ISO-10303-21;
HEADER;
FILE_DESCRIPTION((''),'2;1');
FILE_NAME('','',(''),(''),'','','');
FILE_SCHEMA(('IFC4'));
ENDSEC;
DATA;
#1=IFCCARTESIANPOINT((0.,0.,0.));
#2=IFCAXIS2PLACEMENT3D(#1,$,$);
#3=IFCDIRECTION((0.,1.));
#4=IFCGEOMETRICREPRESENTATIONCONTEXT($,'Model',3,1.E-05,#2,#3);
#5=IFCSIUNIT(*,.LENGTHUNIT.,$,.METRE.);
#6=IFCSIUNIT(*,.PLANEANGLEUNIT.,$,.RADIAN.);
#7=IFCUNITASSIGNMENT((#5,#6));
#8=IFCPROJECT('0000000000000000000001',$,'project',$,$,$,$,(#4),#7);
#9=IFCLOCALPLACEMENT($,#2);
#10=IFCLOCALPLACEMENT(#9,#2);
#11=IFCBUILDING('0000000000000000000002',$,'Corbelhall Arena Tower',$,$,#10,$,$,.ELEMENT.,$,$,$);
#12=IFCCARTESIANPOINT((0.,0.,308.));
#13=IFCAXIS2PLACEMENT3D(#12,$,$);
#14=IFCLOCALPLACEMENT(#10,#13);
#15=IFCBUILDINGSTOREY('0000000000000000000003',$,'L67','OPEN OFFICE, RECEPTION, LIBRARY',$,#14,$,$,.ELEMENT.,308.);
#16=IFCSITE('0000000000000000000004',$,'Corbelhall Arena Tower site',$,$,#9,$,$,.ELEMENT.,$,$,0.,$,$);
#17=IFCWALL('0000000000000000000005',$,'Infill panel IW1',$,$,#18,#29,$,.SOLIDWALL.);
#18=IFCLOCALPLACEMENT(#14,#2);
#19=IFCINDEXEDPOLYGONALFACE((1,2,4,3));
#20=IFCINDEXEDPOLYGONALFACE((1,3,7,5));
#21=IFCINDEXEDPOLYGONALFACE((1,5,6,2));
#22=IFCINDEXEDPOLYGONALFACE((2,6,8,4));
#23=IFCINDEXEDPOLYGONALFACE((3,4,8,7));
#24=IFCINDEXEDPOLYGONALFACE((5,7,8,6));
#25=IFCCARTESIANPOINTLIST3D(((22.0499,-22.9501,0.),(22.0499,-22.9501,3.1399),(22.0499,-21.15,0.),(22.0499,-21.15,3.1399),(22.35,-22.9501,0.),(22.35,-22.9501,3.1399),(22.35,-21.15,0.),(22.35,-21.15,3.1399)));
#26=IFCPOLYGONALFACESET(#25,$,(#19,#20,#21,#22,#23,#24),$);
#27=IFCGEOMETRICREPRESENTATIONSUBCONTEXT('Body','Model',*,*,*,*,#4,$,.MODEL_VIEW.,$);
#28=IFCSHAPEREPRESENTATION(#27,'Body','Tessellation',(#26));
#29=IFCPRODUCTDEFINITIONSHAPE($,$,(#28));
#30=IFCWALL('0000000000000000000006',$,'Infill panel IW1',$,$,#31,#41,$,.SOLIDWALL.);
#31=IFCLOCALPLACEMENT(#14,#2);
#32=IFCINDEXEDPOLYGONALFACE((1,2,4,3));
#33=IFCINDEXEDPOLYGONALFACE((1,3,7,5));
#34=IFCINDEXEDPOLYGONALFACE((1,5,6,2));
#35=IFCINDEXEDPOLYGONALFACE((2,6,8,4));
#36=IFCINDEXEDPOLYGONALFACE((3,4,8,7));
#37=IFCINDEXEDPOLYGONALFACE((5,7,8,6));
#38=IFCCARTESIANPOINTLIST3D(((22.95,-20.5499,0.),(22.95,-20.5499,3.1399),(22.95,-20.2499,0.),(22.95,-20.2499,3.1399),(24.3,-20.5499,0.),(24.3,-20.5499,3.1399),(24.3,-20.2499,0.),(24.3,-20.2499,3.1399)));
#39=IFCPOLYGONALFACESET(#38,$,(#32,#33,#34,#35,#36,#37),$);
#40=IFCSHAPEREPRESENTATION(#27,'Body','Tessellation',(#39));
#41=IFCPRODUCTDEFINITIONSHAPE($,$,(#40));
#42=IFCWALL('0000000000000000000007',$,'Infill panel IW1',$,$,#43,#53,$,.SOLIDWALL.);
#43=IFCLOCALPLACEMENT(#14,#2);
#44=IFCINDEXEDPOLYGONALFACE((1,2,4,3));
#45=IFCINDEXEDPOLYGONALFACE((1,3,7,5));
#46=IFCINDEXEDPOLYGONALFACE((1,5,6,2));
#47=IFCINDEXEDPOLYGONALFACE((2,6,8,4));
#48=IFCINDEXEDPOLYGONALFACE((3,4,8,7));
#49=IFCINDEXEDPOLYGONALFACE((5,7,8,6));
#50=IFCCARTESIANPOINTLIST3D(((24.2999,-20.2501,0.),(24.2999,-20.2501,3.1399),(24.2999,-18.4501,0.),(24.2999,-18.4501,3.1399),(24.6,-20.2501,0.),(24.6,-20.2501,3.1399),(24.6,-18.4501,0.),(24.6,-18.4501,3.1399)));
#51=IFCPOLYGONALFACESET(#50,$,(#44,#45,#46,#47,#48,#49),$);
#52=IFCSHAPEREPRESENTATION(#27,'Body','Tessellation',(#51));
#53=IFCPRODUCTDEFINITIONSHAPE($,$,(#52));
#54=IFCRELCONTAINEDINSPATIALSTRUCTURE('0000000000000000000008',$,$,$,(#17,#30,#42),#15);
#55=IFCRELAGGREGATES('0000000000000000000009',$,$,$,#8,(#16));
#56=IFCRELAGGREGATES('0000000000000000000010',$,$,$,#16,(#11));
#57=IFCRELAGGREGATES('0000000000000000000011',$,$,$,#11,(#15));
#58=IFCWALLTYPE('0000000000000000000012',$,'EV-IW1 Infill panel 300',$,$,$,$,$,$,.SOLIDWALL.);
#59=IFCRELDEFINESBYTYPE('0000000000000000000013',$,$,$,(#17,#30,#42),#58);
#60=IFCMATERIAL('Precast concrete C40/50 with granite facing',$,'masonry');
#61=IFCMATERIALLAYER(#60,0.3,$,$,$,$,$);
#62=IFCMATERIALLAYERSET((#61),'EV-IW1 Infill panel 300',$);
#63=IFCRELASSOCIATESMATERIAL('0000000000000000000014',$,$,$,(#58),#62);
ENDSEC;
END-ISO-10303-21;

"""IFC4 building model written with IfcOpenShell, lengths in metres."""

from ifc_helpers import new_model, si_unit, direction, frame, frame_2d, origin, place, context, subcontext, project, spatial, rectangle, extrude, material, layer, layer_set, type_object, element, save


model = new_model("IFC4")

# Units and contexts
model_context = context("Model", 3, precision=1e-05, world=origin(), true_north=direction((0.0, 1.0)))
body_context = subcontext(model_context, "Body", "Model", "MODEL_VIEW")
ifc_project = project(units=[si_unit("LENGTHUNIT", "METRE"), si_unit("PLANEANGLEUNIT", "RADIAN")], contexts=[model_context])

# Site, building, storey
site_placement = place(None, origin())
site = spatial("IfcSite", under=ifc_project, at=site_placement, Name="Corbelhall Arena Tower site", CompositionType="ELEMENT", RefElevation=0.0)
building_placement = place(site_placement, origin())
building = spatial("IfcBuilding", under=site, at=building_placement, Name="Corbelhall Arena Tower", CompositionType="ELEMENT")
storey_placement = place(building_placement, frame((0.0, 0.0, 308.0)))
storey = spatial("IfcBuildingStorey", under=building, at=storey_placement, Name="L67", Description="OPEN OFFICE, RECEPTION, LIBRARY", CompositionType="ELEMENT", Elevation=308.0)

# Shared definitions
ifc_material_1 = material(Name="Precast concrete C40/50 with granite facing", Category="masonry")
ifc_layer_1 = layer(ifc_material_1, 0.3)
ifc_layer_set_1 = layer_set([ifc_layer_1], Name="EV-IW1 Infill panel 300")
wall_type_1 = type_object("IfcWallType", Name="EV-IW1 Infill panel 300", PredefinedType="SOLIDWALL", material=ifc_layer_set_1)

# Walls
wall_1_placement = place(storey_placement, frame((22.2, -22.95, 0.0), z_axis=(0.0, 0.0, 1.0), x_axis=(0.0, 1.0, 0.0)))
element("IfcWall", 1, at=wall_1_placement, inside=storey, type_object=wall_type_1, Name="Infill panel IW1", PredefinedType="SOLIDWALL", context=body_context, shape_type="SweptSolid", body=[
    extrude(rectangle(XDim=1.8, YDim=0.3, at=frame_2d((0.8999, 0.0))), origin(), (0.0, 0.0, 1.0), 3.1399),
])
wall_2_placement = place(storey_placement, frame((22.95, -20.3999, 0.0), z_axis=(0.0, 0.0, 1.0), x_axis=(1.0, 0.0, 0.0)))
element("IfcWall", 2, at=wall_2_placement, inside=storey, type_object=wall_type_1, Name="Infill panel IW1", PredefinedType="SOLIDWALL", context=body_context, shape_type="SweptSolid", body=[
    extrude(rectangle(XDim=1.3501, YDim=0.3, at=frame_2d((0.675, 0.0))), origin(), (0.0, 0.0, 1.0), 3.1399),
])
wall_3_placement = place(storey_placement, frame((24.45, -20.25, 0.0), z_axis=(0.0, 0.0, 1.0), x_axis=(0.0, 1.0, 0.0)))
element("IfcWall", 3, at=wall_3_placement, inside=storey, type_object=wall_type_1, Name="Infill panel IW1", PredefinedType="SOLIDWALL", context=body_context, shape_type="SweptSolid", body=[
    extrude(rectangle(XDim=1.8, YDim=0.3, at=frame_2d((0.8999, 0.0))), origin(), (0.0, 0.0, 1.0), 3.1399),
])

save(model, "model.ifc")
